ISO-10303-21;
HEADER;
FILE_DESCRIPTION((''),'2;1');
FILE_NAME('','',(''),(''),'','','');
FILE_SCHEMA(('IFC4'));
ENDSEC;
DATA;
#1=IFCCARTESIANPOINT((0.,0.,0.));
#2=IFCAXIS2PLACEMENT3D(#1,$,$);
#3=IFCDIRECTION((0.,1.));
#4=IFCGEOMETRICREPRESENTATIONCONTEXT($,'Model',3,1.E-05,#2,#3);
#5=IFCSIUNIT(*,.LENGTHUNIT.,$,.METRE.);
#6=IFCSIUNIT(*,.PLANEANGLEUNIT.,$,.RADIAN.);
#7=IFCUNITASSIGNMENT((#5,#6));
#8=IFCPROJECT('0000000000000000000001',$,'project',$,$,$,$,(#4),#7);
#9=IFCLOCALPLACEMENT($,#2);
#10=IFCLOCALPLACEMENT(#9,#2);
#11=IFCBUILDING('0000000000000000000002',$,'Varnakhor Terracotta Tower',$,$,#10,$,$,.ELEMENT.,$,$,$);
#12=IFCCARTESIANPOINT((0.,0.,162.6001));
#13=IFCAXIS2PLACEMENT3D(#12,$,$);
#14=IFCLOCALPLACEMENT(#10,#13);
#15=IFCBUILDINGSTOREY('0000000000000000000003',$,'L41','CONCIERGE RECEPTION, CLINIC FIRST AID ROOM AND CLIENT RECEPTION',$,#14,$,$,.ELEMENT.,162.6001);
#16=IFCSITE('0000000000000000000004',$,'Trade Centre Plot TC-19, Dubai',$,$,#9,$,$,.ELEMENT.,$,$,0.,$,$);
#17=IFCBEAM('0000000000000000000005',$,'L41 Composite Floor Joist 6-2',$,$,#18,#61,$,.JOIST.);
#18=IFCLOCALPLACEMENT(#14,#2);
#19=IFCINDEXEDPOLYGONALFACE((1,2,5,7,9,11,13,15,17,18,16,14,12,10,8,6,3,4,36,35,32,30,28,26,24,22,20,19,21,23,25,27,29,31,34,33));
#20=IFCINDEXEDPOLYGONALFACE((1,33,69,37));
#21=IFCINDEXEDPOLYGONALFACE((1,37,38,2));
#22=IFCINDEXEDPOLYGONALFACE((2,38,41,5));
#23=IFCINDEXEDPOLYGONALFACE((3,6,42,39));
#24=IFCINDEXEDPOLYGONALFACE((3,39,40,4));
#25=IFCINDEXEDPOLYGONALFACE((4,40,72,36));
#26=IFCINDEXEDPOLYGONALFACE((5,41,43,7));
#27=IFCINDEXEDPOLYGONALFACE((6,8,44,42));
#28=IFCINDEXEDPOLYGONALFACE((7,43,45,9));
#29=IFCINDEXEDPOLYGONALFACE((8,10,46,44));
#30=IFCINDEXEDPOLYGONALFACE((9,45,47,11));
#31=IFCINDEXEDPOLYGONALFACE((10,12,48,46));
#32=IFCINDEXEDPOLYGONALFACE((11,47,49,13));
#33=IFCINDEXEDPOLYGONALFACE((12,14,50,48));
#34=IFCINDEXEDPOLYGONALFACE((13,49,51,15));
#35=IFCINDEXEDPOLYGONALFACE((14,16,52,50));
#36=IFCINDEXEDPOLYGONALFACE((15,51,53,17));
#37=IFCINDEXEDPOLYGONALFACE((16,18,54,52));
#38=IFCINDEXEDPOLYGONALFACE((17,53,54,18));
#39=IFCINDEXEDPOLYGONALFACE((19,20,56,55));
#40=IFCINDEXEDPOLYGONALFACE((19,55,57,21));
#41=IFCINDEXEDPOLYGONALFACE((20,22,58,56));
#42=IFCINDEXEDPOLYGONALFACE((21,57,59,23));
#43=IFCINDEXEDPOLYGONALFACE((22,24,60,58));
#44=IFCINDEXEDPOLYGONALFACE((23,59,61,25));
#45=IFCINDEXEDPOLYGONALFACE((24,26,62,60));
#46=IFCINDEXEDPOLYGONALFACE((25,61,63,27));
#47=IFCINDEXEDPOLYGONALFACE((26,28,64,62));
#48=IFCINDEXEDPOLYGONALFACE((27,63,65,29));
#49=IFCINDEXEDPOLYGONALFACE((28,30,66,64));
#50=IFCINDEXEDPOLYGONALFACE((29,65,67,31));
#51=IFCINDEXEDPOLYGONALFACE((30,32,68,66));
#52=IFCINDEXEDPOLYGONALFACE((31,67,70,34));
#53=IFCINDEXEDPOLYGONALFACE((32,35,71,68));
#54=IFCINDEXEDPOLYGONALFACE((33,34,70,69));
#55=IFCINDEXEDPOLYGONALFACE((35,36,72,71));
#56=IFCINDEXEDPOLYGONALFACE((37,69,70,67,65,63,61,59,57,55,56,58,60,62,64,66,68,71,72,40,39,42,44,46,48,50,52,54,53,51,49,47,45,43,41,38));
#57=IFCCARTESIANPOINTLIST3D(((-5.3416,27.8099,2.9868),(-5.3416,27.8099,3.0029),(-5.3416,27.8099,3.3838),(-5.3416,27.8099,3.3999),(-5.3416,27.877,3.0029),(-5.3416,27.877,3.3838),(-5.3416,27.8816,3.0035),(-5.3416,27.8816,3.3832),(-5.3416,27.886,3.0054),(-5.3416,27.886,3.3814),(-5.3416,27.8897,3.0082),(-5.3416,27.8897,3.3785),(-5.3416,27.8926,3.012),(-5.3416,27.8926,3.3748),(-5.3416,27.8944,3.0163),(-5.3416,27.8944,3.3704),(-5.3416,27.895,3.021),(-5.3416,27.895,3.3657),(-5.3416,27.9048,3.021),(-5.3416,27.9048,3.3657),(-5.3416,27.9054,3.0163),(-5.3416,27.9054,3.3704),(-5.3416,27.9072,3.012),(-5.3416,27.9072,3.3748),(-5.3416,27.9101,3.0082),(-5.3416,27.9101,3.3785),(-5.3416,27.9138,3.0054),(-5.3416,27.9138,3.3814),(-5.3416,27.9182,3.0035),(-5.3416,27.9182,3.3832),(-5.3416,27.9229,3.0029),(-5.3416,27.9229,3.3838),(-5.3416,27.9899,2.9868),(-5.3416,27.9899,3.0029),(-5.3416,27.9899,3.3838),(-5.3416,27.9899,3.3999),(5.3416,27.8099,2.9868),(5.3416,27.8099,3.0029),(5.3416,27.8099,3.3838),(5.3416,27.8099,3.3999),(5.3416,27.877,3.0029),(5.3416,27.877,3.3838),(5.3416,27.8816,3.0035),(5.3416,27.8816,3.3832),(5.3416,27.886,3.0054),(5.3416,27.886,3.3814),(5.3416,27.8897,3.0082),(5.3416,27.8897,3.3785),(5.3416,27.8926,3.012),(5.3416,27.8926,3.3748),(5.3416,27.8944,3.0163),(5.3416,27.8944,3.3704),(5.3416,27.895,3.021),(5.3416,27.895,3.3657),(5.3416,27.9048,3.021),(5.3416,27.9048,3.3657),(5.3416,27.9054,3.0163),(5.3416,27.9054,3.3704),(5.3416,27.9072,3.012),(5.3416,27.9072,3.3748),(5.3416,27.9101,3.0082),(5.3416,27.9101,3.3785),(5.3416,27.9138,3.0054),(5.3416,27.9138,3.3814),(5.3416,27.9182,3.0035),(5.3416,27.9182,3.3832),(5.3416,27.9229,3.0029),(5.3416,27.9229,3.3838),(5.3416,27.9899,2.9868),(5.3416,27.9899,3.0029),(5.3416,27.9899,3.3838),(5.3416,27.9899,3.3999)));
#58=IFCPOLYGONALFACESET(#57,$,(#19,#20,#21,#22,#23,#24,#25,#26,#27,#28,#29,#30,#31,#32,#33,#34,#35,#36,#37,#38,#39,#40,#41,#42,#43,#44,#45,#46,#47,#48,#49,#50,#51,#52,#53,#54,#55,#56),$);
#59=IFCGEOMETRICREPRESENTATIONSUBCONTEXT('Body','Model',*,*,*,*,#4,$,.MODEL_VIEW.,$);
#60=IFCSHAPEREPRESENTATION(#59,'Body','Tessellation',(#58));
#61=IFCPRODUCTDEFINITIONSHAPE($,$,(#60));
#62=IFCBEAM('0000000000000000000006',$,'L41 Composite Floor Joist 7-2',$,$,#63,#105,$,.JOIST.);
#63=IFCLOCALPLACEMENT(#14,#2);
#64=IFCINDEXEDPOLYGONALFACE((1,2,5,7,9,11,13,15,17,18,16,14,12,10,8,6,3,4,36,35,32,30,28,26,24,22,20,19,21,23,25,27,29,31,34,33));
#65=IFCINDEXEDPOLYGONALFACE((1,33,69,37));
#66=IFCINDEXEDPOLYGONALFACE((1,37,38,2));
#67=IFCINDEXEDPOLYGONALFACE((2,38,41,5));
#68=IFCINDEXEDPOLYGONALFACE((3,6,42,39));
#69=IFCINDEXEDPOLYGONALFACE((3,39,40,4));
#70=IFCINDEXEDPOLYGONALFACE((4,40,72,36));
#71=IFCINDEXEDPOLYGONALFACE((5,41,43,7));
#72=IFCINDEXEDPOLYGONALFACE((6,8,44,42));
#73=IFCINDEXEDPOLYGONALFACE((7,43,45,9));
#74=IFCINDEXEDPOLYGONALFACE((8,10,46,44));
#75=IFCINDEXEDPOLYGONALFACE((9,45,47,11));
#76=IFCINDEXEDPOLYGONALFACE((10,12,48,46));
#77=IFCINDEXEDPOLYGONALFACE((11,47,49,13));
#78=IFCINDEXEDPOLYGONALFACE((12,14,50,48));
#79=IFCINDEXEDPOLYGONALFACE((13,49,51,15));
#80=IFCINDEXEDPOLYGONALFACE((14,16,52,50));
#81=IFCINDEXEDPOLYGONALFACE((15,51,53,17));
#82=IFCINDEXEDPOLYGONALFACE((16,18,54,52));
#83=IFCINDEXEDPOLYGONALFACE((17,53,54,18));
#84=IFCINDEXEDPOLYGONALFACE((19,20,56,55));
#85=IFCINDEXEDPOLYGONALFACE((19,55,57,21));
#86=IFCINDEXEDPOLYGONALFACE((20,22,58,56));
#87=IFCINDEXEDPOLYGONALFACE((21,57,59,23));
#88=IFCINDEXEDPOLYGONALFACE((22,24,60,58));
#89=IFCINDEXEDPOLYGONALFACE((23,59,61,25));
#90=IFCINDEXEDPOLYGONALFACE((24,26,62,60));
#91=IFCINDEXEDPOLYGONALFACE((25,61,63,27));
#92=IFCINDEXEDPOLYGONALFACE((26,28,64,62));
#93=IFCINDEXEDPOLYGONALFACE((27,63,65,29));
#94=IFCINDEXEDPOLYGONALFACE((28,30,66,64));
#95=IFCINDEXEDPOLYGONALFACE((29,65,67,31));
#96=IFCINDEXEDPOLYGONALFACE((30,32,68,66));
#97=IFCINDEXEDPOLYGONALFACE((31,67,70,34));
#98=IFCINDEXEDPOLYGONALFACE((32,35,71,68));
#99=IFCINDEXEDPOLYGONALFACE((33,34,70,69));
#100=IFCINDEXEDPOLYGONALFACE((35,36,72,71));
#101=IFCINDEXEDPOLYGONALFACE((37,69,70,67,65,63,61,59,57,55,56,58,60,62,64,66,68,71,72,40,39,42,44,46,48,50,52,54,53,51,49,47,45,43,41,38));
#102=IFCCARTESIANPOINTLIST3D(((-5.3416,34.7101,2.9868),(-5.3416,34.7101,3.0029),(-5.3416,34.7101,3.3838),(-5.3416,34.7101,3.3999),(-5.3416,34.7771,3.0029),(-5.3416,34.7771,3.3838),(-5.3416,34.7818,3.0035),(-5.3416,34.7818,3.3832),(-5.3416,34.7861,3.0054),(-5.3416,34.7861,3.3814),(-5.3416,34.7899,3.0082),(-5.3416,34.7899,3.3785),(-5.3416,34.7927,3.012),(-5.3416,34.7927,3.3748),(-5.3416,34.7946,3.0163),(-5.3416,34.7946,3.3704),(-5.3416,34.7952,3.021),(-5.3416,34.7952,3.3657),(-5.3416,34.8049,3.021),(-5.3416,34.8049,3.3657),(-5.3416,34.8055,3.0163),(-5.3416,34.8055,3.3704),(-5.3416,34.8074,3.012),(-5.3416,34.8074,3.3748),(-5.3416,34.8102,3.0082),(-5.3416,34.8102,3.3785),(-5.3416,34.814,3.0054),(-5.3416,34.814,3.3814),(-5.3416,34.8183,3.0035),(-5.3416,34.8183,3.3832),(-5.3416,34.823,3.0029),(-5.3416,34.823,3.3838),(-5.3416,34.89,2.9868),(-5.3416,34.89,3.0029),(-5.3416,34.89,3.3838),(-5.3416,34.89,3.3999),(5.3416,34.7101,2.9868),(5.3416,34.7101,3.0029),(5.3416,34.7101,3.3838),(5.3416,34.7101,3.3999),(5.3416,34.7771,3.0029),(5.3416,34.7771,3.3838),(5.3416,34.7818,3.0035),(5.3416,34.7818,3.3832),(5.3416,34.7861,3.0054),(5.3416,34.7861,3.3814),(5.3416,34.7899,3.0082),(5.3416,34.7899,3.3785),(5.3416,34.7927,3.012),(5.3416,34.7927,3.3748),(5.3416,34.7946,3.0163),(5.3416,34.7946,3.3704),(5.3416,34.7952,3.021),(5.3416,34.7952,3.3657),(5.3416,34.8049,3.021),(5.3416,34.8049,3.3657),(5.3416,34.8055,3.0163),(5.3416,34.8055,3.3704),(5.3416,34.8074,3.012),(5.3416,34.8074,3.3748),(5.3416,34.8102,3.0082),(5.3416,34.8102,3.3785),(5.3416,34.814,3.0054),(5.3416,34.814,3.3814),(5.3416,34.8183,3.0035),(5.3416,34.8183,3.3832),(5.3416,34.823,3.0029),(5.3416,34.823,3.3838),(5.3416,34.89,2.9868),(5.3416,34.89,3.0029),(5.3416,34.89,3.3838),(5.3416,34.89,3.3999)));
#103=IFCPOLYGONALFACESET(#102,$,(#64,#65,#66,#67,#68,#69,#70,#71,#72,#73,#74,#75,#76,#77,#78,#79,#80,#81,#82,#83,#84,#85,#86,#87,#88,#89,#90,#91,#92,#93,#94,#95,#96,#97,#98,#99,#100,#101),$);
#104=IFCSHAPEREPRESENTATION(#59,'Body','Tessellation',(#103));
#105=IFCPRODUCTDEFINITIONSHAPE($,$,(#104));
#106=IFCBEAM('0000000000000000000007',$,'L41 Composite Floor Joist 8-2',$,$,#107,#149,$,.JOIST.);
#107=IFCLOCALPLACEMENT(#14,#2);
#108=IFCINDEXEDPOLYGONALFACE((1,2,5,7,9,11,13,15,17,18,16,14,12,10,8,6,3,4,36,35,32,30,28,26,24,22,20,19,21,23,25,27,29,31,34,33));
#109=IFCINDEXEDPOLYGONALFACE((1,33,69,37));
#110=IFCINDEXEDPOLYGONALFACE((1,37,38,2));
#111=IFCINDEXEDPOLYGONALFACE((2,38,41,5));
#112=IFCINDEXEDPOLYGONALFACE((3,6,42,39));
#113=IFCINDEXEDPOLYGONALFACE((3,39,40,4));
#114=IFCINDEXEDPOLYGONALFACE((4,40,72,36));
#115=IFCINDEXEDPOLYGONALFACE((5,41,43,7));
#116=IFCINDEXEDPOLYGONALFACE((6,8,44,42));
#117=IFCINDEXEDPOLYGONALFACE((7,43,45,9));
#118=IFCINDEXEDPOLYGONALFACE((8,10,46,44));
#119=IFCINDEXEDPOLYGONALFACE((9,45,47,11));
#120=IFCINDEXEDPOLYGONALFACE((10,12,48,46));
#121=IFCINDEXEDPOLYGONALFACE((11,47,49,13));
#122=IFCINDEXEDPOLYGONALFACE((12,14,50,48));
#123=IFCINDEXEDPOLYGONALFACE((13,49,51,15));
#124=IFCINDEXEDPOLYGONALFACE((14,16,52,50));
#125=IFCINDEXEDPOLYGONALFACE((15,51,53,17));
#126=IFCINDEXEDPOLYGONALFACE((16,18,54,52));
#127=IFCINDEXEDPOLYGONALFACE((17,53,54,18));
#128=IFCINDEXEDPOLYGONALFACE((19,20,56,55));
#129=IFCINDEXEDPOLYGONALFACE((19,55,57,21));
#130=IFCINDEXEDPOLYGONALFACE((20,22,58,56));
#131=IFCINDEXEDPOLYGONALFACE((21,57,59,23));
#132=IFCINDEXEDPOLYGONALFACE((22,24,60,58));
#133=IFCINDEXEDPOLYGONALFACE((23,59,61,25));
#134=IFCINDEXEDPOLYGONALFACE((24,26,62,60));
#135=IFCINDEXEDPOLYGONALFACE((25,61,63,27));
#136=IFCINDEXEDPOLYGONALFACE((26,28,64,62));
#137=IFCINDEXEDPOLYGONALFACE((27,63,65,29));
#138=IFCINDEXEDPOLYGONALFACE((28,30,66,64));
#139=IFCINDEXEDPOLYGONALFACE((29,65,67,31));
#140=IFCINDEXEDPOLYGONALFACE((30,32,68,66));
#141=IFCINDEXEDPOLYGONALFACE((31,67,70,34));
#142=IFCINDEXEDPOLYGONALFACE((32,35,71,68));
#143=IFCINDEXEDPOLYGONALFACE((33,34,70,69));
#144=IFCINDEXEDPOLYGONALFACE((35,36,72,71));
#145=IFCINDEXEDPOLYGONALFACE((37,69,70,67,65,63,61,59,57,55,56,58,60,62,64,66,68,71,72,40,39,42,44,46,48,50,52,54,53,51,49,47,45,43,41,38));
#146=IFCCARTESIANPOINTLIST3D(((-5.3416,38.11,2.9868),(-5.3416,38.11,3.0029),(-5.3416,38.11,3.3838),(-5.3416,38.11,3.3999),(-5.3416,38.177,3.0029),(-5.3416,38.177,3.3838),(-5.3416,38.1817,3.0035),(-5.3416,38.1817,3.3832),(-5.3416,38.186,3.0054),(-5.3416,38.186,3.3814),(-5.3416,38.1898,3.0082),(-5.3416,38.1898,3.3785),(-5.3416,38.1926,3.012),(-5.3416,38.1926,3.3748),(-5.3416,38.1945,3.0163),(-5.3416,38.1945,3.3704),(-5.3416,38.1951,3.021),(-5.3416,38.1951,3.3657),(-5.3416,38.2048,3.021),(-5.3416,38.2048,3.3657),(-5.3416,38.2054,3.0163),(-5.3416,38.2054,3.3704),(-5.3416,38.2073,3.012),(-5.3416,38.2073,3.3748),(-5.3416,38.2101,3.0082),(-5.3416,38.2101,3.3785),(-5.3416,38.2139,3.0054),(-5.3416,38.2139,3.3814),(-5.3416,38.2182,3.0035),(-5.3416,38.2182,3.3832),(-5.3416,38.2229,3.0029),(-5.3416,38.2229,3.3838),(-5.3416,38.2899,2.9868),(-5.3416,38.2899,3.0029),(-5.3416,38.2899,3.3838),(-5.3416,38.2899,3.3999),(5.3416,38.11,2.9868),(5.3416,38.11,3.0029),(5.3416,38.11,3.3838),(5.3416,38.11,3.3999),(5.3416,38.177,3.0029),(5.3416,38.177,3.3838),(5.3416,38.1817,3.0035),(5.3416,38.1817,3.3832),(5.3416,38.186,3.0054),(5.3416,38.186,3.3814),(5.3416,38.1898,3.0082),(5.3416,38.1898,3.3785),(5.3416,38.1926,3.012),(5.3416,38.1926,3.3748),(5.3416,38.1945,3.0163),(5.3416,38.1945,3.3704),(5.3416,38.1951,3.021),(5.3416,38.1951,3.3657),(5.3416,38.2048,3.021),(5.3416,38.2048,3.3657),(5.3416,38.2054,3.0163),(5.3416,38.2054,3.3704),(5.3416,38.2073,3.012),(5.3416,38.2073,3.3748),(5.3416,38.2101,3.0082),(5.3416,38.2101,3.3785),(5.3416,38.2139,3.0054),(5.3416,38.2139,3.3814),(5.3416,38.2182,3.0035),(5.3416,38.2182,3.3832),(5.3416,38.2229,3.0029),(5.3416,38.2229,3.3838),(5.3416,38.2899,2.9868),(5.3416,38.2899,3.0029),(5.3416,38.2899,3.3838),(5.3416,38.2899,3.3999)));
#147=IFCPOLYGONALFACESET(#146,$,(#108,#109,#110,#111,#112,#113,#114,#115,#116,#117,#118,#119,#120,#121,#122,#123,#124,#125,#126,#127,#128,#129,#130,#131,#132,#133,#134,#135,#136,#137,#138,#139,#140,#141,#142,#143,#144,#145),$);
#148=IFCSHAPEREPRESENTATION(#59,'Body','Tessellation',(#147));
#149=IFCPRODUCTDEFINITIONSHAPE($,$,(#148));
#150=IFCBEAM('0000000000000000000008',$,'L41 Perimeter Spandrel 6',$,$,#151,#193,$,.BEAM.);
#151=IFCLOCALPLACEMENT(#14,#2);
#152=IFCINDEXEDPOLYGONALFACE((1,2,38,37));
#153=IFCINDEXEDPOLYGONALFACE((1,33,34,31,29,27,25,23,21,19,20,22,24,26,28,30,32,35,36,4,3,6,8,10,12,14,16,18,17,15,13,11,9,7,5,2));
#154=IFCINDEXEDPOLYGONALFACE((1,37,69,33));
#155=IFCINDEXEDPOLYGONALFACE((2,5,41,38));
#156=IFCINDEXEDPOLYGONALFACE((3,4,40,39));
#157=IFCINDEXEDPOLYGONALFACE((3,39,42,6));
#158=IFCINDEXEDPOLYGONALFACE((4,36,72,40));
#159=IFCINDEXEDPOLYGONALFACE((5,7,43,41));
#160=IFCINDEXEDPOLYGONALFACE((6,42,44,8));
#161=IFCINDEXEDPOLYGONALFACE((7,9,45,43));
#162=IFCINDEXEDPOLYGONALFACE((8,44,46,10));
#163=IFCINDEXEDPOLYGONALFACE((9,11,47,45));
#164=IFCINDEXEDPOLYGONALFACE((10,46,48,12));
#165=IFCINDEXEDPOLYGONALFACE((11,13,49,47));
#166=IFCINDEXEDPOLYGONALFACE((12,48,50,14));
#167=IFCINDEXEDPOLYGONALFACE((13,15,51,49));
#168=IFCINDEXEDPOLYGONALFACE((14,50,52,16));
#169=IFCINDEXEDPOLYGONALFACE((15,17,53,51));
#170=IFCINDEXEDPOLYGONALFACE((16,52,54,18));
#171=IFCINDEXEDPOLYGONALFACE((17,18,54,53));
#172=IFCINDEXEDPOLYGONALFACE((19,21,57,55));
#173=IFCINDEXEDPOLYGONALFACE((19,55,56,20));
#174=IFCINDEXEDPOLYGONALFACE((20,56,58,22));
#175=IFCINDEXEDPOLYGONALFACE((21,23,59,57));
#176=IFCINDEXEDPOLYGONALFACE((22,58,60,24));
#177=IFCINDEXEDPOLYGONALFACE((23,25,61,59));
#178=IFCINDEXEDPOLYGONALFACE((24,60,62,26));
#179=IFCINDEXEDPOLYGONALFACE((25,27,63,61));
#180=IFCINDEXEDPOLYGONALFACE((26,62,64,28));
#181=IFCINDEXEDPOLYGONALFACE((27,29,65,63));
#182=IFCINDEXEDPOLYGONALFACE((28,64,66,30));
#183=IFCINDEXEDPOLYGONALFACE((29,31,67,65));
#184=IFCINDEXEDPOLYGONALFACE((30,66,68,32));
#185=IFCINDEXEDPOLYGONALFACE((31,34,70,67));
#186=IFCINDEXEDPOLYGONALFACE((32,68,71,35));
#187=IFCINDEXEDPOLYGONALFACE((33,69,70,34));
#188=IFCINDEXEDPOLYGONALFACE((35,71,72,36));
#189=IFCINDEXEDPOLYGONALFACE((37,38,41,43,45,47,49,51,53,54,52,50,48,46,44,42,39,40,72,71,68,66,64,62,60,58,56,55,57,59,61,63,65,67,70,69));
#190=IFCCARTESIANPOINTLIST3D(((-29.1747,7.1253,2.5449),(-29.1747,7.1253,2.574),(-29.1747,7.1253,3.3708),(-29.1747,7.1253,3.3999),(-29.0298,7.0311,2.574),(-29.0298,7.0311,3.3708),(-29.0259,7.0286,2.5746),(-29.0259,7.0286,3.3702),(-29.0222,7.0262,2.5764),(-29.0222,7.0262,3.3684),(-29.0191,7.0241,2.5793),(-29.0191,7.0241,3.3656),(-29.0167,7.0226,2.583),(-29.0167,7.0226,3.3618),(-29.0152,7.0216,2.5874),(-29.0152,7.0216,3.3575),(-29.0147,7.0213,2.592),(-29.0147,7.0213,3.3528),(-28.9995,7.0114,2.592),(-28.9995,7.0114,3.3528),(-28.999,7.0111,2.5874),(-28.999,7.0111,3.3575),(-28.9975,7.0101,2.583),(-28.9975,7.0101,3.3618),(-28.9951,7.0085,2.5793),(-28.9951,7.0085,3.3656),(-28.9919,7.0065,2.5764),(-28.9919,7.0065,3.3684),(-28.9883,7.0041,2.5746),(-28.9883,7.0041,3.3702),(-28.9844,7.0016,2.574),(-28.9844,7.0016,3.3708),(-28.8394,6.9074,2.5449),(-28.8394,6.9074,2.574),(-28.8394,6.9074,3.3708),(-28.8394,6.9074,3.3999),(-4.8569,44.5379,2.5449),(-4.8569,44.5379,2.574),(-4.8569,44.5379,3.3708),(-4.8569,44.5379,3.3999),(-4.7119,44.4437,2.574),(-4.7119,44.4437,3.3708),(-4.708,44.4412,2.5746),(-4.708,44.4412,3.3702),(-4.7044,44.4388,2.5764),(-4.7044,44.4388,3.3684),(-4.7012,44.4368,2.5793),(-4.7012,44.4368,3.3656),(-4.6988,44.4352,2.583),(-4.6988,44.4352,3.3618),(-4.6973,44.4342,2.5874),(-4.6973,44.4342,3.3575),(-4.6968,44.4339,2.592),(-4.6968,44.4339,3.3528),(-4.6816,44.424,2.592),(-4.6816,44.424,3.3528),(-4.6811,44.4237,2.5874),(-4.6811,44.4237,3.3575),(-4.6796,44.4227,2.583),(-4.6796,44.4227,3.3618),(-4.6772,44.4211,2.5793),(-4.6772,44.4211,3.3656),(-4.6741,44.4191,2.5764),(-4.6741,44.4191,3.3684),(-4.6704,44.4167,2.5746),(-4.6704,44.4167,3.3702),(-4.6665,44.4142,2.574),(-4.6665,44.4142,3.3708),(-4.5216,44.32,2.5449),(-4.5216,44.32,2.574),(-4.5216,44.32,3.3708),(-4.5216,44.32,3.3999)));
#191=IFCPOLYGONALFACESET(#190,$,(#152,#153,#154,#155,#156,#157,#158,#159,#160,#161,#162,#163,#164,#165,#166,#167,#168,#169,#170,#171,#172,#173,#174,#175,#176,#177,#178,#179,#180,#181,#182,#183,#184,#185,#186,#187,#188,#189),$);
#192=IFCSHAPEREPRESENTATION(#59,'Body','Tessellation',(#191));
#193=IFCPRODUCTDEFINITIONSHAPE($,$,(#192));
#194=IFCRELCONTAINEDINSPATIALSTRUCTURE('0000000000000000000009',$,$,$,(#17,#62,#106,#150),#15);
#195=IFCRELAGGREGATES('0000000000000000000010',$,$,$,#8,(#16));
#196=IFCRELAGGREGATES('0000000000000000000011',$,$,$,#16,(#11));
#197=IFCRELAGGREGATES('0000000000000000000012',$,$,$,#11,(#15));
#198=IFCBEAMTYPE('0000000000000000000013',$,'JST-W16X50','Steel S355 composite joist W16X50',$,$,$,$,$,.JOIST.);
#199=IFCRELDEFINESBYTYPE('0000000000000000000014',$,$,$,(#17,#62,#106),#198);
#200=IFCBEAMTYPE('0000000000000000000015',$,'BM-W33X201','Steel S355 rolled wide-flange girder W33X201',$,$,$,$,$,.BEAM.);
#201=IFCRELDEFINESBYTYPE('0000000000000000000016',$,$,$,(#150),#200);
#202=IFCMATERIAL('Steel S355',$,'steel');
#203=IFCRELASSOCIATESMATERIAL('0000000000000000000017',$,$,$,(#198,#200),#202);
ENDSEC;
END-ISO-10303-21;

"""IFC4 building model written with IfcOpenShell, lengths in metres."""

from ifc_helpers import new_model, si_unit, direction, frame, origin, origin_2d, place, context, subcontext, project, spatial, i_section, extrude, source, transform, mapped, material, material_profile, profile_set, type_object, element, save


model = new_model("IFC4")

# Units and contexts
model_context = context("Model", 3, precision=1e-05, world=origin(), true_north=direction((0.0, 1.0)))
body_context = subcontext(model_context, "Body", "Model", "MODEL_VIEW")
ifc_project = project(units=[si_unit("LENGTHUNIT", "METRE"), si_unit("PLANEANGLEUNIT", "RADIAN")], contexts=[model_context])

# Site, building, storey
site_placement = place(None, origin())
site = spatial("IfcSite", under=ifc_project, at=site_placement, Name="Trade Centre Plot TC-19, Dubai", CompositionType="ELEMENT", RefElevation=0.0)
building_placement = place(site_placement, origin())
building = spatial("IfcBuilding", under=site, at=building_placement, Name="Varnakhor Terracotta Tower", CompositionType="ELEMENT")
storey_placement = place(building_placement, frame((0.0, 0.0, 162.6001)))
storey = spatial("IfcBuildingStorey", under=building, at=storey_placement, Name="L41", Description="CONCIERGE RECEPTION, CLINIC FIRST AID ROOM AND CLIENT RECEPTION", CompositionType="ELEMENT", Elevation=162.6001)

# Beams
ifc_material_1 = material(Name="Steel S355", Category="steel")
ifc_material_profile_1 = material_profile(ifc_material_1, i_section(OverallWidth=0.1799, OverallDepth=0.4131, WebThickness=0.0098, FlangeThickness=0.0161, FilletRadius=0.0181, at=origin_2d()), Name="W16X50")
ifc_profile_set_1 = profile_set([ifc_material_profile_1], Name="Steel S355")
beam_type_1 = type_object("IfcBeamType", Name="JST-W16X50", Description="Steel S355 composite joist W16X50", PredefinedType="JOIST", material=ifc_profile_set_1)
shared_shape_1 = source(origin(), body_context, "Body", "SweptSolid", [
    extrude(i_section(OverallWidth=0.1799, OverallDepth=0.4131, WebThickness=0.0098, FlangeThickness=0.0161, FilletRadius=0.0181, at=origin_2d()), origin(), (0.0, 0.0, 1.0), 10.6831),
])
for number, where, z_axis, x_axis, name in (
    (1, (-5.3416, 27.8999, 3.1934), (1.0, 0.0, 0.0), (0.0, 1.0, 0.0), "L41 Composite Floor Joist 6-2"),
    (2, (-5.3416, 34.8, 3.1934), (1.0, 0.0, 0.0), (0.0, 1.0, 0.0), "L41 Composite Floor Joist 7-2"),
    (3, (-5.3416, 38.2, 3.1934), (1.0, 0.0, 0.0), (0.0, 1.0, 0.0), "L41 Composite Floor Joist 8-2"),
):
    element("IfcBeam", number, at=place(storey_placement, frame(where, z_axis=z_axis, x_axis=x_axis)), inside=storey, type_object=beam_type_1, Name=name, PredefinedType="JOIST", context=body_context, shape_type="MappedRepresentation", body=[
        mapped(shared_shape_1, transform((0.0, 0.0, 0.0), scale=1.0)),
    ])
ifc_material_profile_2 = material_profile(ifc_material_1, i_section(OverallWidth=0.3999, OverallDepth=0.855, WebThickness=0.0181, FlangeThickness=0.0291, FilletRadius=0.0181, at=origin_2d()), Name="W33X201")
ifc_profile_set_2 = profile_set([ifc_material_profile_2], Name="Steel S355")
beam_type_2 = type_object("IfcBeamType", Name="BM-W33X201", Description="Steel S355 rolled wide-flange girder W33X201", PredefinedType="BEAM", material=ifc_profile_set_2)
shared_shape_2 = source(origin(), body_context, "Body", "SweptSolid", [
    extrude(i_section(OverallWidth=0.3999, OverallDepth=0.855, WebThickness=0.0181, FlangeThickness=0.0291, FilletRadius=0.0181, at=origin_2d()), origin(), (0.0, 0.0, 1.0), 44.6213),
])
beam_1_placement = place(storey_placement, frame((-4.6892, 44.429, 2.9724), z_axis=(-0.544983, -0.838447, 0.0), x_axis=(0.838447, -0.544983, 0.0)))
element("IfcBeam", 4, at=beam_1_placement, inside=storey, type_object=beam_type_2, Name="L41 Perimeter Spandrel 6", PredefinedType="BEAM", context=body_context, shape_type="MappedRepresentation", body=[
    mapped(shared_shape_2, transform((0.0, 0.0, 0.0), scale=1.0)),
])

save(model, "model.ifc")
